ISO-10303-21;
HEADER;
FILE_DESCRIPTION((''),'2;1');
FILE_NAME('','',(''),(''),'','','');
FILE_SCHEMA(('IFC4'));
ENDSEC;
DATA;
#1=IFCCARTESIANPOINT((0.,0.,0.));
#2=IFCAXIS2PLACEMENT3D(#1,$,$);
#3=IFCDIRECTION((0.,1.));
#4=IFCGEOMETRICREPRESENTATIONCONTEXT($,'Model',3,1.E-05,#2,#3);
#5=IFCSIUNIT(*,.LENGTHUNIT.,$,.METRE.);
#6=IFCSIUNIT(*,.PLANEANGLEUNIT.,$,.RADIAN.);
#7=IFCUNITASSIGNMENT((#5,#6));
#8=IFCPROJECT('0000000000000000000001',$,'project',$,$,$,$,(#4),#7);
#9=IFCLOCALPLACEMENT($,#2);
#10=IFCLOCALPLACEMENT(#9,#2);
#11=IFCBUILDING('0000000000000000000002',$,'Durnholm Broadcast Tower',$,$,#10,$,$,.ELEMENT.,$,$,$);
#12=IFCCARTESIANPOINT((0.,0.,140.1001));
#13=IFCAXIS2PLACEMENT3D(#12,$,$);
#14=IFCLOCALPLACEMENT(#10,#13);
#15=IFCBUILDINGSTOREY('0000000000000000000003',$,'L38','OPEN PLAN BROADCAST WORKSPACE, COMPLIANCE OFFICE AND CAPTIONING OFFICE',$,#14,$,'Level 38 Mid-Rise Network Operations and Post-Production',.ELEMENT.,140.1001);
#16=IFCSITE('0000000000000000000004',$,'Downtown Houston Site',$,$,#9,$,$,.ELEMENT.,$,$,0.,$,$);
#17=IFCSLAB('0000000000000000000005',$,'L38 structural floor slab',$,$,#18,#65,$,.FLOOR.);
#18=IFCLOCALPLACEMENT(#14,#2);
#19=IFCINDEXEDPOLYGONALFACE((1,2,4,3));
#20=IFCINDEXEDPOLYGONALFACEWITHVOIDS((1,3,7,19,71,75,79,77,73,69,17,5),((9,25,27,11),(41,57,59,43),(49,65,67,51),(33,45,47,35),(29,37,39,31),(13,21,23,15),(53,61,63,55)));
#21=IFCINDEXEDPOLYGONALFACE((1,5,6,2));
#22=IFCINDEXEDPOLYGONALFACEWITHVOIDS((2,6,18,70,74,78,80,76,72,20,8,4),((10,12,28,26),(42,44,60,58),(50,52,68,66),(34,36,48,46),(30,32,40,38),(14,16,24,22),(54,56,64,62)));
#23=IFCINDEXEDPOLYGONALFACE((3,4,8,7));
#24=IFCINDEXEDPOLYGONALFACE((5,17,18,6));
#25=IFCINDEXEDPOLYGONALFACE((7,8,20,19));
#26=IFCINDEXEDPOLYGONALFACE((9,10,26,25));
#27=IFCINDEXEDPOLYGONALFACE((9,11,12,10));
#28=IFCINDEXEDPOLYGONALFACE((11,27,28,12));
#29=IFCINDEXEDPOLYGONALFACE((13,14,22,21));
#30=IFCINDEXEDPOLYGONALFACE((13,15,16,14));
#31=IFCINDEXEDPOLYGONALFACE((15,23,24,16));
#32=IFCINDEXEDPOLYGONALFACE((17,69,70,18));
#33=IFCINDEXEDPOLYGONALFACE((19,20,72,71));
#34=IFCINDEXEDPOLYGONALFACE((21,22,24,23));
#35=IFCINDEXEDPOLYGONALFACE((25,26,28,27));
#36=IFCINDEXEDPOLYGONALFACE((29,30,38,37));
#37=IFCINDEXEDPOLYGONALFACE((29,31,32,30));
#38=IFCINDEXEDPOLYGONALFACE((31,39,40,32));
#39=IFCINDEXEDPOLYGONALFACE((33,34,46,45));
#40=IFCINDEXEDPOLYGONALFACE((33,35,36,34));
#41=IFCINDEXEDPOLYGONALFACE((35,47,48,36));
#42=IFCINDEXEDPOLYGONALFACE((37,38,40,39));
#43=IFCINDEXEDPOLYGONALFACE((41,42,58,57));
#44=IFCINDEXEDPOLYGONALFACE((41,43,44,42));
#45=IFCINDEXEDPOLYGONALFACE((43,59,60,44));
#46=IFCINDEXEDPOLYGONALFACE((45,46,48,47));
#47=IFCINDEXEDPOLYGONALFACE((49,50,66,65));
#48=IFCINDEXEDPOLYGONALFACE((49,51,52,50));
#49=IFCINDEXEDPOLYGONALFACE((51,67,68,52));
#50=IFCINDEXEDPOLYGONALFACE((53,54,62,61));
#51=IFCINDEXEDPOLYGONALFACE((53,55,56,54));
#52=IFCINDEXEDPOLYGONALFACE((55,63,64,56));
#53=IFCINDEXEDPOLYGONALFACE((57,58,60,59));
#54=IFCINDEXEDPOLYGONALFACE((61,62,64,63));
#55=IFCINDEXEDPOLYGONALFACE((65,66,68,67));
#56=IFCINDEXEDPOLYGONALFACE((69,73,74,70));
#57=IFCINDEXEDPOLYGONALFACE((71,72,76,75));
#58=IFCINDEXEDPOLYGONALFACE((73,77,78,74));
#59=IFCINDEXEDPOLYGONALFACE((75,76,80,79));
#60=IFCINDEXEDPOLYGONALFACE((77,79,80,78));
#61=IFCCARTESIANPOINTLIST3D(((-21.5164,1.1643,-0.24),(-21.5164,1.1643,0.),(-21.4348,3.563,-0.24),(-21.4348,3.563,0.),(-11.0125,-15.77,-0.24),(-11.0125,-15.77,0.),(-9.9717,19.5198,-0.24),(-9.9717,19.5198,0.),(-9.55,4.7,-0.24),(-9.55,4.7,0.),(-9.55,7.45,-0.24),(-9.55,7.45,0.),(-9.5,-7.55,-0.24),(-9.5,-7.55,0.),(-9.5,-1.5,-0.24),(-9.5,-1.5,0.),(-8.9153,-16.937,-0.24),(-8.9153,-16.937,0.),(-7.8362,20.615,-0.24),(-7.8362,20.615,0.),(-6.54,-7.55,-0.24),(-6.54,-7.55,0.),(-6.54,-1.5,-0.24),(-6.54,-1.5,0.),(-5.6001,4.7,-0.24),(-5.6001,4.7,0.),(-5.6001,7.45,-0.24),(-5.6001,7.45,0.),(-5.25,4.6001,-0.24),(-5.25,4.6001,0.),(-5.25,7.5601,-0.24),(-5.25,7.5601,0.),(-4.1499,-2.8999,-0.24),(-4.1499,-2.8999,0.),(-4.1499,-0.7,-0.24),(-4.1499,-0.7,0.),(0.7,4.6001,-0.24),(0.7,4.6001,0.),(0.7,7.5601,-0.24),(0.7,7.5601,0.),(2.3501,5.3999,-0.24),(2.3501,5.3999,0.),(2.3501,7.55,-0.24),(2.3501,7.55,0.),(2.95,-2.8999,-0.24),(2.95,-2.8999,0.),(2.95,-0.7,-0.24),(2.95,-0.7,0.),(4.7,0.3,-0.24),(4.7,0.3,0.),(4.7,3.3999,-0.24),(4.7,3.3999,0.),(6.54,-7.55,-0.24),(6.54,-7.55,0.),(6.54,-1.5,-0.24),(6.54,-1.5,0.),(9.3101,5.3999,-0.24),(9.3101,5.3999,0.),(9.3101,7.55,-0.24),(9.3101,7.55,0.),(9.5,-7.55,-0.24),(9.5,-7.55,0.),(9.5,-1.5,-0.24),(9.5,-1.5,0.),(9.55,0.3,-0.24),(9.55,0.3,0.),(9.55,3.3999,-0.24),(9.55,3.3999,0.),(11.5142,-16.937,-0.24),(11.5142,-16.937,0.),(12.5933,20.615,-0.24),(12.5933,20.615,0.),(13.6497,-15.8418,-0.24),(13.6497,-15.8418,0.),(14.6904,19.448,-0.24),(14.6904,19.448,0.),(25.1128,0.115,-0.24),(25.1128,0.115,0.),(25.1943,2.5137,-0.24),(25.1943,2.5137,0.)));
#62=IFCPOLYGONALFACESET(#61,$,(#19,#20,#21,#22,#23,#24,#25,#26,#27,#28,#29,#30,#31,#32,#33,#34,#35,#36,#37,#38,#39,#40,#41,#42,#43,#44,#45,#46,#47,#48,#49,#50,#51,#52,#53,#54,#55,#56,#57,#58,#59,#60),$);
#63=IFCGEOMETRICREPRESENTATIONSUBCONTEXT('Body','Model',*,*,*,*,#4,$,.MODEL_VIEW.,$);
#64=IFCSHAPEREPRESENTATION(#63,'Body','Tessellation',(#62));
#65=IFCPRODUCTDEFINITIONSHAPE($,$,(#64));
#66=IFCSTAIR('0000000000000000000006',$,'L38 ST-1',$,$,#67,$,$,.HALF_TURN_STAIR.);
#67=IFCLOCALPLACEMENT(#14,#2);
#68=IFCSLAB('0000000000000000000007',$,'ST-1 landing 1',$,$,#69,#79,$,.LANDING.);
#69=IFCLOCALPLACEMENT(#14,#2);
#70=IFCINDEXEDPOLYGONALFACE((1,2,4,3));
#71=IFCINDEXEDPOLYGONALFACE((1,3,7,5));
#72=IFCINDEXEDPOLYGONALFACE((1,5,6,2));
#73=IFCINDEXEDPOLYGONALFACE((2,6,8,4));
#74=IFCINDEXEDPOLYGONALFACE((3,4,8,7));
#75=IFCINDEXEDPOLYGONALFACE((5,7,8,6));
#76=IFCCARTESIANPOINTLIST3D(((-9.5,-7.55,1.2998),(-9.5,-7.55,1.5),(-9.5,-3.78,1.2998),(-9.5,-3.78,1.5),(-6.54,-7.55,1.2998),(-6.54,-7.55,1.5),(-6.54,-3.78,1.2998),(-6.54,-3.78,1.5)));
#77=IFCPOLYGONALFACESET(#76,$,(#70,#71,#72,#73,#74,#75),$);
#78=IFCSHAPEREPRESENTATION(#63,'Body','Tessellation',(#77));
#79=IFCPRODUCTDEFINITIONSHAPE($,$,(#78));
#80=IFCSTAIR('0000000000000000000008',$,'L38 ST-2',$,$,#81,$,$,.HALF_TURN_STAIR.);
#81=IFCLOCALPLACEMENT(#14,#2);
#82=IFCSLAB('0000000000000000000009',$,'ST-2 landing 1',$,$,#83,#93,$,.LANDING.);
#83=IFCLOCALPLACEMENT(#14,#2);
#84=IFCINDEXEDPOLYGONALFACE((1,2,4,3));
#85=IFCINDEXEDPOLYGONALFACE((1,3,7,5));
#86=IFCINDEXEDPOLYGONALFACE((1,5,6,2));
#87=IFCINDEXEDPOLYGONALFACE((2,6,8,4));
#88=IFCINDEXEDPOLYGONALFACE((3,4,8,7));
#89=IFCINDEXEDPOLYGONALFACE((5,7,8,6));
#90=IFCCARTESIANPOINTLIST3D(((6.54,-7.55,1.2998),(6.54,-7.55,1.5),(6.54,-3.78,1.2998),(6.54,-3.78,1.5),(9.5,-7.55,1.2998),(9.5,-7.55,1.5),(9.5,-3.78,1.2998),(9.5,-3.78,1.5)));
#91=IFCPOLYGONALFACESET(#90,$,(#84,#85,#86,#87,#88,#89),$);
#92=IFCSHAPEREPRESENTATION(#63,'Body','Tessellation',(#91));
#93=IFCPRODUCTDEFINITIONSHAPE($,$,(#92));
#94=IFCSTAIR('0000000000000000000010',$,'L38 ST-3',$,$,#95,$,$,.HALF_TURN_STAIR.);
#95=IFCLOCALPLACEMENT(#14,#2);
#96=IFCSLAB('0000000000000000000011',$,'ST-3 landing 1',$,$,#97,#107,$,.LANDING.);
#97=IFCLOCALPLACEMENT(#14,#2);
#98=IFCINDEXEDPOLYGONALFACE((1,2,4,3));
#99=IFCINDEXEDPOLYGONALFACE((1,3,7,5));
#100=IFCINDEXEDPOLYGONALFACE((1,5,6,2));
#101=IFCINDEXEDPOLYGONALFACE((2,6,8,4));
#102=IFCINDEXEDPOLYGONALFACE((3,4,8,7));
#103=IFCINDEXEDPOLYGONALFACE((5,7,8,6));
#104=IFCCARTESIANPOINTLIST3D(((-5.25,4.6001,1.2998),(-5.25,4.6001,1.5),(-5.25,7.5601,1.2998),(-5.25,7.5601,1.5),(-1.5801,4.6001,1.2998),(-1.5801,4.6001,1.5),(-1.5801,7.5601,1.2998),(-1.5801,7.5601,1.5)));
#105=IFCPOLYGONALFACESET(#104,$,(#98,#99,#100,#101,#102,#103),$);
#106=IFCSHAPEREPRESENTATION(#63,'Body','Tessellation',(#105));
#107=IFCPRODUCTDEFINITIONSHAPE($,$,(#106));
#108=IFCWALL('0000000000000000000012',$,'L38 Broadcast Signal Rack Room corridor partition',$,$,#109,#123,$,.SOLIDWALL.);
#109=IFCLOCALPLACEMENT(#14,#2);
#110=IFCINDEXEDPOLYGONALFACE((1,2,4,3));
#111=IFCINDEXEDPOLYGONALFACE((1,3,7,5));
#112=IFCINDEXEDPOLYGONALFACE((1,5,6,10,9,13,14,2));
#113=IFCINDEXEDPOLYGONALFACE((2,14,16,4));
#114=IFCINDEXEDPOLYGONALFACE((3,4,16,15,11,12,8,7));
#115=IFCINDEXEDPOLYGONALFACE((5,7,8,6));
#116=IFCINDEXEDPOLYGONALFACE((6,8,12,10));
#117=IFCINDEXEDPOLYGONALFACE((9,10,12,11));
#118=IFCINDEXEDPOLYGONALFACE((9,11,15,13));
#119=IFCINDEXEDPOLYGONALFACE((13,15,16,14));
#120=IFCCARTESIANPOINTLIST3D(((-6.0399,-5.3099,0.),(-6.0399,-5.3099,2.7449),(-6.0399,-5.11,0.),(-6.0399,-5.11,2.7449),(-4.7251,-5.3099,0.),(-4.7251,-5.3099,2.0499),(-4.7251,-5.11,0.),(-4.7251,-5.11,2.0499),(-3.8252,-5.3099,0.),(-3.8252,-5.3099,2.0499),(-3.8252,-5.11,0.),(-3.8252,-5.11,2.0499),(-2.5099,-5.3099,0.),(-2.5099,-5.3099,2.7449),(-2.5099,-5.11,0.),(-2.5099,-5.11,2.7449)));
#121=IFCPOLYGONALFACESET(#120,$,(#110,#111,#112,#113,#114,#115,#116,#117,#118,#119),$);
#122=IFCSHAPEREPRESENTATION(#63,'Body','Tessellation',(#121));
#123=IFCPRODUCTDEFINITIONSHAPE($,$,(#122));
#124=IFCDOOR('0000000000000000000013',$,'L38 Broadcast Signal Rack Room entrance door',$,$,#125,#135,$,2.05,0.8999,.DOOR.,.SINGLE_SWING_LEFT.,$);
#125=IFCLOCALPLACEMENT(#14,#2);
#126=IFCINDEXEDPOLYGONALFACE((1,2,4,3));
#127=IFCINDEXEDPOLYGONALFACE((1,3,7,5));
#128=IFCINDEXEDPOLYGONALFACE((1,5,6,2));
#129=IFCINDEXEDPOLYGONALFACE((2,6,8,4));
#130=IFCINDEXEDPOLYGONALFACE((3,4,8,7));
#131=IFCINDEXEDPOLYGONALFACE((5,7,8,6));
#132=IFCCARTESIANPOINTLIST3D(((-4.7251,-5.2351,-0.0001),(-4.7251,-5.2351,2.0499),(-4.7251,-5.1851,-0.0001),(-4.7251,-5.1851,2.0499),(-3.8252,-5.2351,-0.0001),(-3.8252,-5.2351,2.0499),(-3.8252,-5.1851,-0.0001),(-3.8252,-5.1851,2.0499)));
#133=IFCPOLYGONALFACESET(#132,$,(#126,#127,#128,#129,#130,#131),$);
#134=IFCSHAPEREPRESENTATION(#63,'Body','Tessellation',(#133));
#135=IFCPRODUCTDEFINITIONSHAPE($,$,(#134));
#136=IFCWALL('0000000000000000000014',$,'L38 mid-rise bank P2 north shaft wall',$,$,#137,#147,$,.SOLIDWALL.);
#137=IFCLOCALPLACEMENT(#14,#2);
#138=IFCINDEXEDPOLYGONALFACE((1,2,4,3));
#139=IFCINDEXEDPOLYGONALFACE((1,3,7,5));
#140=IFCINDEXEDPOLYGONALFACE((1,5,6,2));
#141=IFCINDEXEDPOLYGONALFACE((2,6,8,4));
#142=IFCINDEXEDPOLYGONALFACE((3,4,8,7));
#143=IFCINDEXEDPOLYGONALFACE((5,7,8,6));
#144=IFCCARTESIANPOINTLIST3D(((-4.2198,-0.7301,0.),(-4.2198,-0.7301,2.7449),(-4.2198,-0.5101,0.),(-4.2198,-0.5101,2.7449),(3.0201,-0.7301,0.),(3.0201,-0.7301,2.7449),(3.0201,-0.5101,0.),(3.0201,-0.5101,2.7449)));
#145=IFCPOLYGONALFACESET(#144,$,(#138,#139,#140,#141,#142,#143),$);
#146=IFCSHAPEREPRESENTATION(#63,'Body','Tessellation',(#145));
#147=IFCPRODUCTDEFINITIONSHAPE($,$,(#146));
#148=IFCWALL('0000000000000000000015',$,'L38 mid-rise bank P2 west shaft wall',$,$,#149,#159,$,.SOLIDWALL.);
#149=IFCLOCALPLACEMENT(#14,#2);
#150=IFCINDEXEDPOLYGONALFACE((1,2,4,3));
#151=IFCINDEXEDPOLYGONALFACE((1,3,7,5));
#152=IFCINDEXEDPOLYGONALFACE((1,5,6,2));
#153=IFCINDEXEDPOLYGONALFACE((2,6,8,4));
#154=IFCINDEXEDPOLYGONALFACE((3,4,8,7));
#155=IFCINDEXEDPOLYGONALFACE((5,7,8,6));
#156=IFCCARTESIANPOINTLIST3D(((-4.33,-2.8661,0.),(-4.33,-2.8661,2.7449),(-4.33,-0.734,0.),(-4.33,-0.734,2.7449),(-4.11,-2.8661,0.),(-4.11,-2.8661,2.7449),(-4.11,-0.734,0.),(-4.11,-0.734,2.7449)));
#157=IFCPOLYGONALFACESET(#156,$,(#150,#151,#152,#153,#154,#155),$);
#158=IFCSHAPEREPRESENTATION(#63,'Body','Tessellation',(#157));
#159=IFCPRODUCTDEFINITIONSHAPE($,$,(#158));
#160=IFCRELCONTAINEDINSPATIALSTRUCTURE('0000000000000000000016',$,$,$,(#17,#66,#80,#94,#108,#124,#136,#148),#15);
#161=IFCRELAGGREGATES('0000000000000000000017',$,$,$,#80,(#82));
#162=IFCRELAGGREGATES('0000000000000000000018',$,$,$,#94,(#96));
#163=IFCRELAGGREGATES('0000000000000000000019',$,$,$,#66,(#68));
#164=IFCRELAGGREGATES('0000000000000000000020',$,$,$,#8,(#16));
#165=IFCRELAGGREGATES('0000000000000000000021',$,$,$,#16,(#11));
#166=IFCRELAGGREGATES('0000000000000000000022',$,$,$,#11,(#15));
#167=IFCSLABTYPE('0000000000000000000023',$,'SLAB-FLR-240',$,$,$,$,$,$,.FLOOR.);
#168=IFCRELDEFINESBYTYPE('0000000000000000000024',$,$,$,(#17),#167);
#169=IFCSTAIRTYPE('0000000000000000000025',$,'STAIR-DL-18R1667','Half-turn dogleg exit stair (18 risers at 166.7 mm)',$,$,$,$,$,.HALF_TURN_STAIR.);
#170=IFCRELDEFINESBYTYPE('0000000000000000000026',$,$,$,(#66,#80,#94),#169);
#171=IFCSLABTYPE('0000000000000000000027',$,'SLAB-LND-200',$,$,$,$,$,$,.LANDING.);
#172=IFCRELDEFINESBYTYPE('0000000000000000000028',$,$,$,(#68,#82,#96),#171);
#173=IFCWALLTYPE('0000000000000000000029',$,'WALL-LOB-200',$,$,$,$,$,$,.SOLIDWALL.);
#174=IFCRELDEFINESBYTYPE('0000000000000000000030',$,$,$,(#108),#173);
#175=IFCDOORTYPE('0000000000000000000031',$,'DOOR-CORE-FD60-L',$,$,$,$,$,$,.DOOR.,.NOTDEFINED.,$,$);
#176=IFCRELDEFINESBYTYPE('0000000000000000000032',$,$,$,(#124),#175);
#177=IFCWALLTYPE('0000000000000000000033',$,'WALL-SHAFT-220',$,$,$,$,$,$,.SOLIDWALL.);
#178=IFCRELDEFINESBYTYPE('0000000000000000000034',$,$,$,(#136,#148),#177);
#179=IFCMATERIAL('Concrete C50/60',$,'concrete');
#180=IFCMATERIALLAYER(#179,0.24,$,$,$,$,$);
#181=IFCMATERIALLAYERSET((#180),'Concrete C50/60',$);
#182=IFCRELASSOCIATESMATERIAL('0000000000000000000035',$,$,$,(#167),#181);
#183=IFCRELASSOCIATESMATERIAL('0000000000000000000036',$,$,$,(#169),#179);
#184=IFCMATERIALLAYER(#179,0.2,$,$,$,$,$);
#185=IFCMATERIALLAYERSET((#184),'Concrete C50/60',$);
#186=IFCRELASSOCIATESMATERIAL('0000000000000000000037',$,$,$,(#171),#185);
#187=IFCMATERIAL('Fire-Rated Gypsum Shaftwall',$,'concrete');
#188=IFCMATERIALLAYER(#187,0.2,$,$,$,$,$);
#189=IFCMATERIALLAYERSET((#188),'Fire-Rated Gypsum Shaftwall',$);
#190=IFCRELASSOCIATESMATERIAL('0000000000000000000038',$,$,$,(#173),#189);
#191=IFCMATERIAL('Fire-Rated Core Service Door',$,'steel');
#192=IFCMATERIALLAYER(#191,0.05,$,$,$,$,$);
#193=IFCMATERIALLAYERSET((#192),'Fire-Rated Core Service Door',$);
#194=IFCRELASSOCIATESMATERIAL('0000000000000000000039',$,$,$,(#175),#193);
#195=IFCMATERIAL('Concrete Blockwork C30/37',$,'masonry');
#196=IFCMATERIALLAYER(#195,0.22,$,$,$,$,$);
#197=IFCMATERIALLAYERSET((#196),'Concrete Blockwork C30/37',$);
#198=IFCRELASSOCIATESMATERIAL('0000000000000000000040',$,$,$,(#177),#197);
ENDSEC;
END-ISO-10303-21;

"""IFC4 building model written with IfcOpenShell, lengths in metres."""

from ifc_helpers import new_model, si_unit, direction, frame, frame_2d, origin, place, context, subcontext, project, spatial, polyline, rectangle, outline, extrude, source, transform, mapped, material, layer, layer_set, type_object, type_shapes, element, fill, aggregate, save


model = new_model("IFC4")

# Units and contexts
model_context = context("Model", 3, precision=1e-05, world=origin(), true_north=direction((0.0, 1.0)))
body_context = subcontext(model_context, "Body", "Model", "MODEL_VIEW")
ifc_project = project(units=[si_unit("LENGTHUNIT", "METRE"), si_unit("PLANEANGLEUNIT", "RADIAN")], contexts=[model_context])

# Site, building, storey
site_placement = place(None, origin())
site = spatial("IfcSite", under=ifc_project, at=site_placement, Name="Downtown Houston Site", CompositionType="ELEMENT", RefElevation=0.0)
building_placement = place(site_placement, origin())
building = spatial("IfcBuilding", under=site, at=building_placement, Name="Durnholm Broadcast Tower", CompositionType="ELEMENT")
storey_placement = place(building_placement, frame((0.0, 0.0, 140.1001)))
storey = spatial("IfcBuildingStorey", under=building, at=storey_placement, Name="L38", Description="OPEN PLAN BROADCAST WORKSPACE, COMPLIANCE OFFICE AND CAPTIONING OFFICE", LongName="Level 38 Mid-Rise Network Operations and Post-Production", CompositionType="ELEMENT", Elevation=140.1001)

# Slab
ifc_material_1 = material(Name="Concrete C50/60", Category="concrete")
ifc_layer_1 = layer(ifc_material_1, 0.24)
ifc_layer_set_1 = layer_set([ifc_layer_1], Name="Concrete C50/60")
slab_type_1 = type_object("IfcSlabType", Name="SLAB-FLR-240", PredefinedType="FLOOR", material=ifc_layer_set_1)
slab_1_placement = place(storey_placement, frame((0.0, 0.0, -0.24)))
element("IfcSlab", 1, at=slab_1_placement, inside=storey, type_object=slab_type_1, Name="L38 structural floor slab", PredefinedType="FLOOR", context=body_context, shape_type="SweptSolid", body=[
    extrude(outline(polyline([(-11.0125, -15.77), (-8.9153, -16.937), (11.5142, -16.937), (13.6497, -15.8418), (25.1128, 0.115), (25.1943, 2.5137), (14.6904, 19.448), (12.5933, 20.615), (-7.8362, 20.615), (-9.9717, 19.5198), (-21.4348, 3.563), (-21.5164, 1.1643), (-11.0125, -15.77)]), holes=[polyline([(-6.54, -1.5), (-9.5, -1.5), (-9.5, -7.55), (-6.54, -7.55), (-6.54, -1.5)]), polyline([(9.5, -7.55), (9.5, -1.5), (6.54, -1.5), (6.54, -7.55), (9.5, -7.55)]), polyline([(2.95, -0.7), (-4.1499, -0.7), (-4.1499, -2.8999), (2.95, -2.8999), (2.95, -0.7)]), polyline([(9.55, 3.3999), (4.7, 3.3999), (4.7, 0.3), (9.55, 0.3), (9.55, 3.3999)]), polyline([(-5.6001, 7.45), (-9.55, 7.45), (-9.55, 4.7), (-5.6001, 4.7), (-5.6001, 7.45)]), polyline([(-5.25, 4.6001), (0.7, 4.6001), (0.7, 7.5601), (-5.25, 7.5601), (-5.25, 4.6001)]), polyline([(9.3101, 7.55), (2.3501, 7.55), (2.3501, 5.3999), (9.3101, 5.3999), (9.3101, 7.55)])]), origin(), (0.0, 0.0, 1.0), 0.24),
])

# Stairs, slabs
stair_type = type_object("IfcStairType", Name="STAIR-DL-18R1667", Description="Half-turn dogleg exit stair (18 risers at 166.7 mm)", PredefinedType="HALF_TURN_STAIR", material=ifc_material_1)
stair_1_placement = place(storey_placement, origin())
stair_1 = element("IfcStair", 2, at=stair_1_placement, inside=storey, type_object=stair_type, Name="L38 ST-1", PredefinedType="HALF_TURN_STAIR")
ifc_layer_2 = layer(ifc_material_1, 0.2)
ifc_layer_set_2 = layer_set([ifc_layer_2], Name="Concrete C50/60")
slab_type_2 = type_object("IfcSlabType", Name="SLAB-LND-200", PredefinedType="LANDING", material=ifc_layer_set_2)
slab_2_placement = place(storey_placement, frame((0.0, 0.0, 1.2998)))
slab_2 = element("IfcSlab", 3, at=slab_2_placement, type_object=slab_type_2, Name="ST-1 landing 1", PredefinedType="LANDING", context=body_context, shape_type="SweptSolid", body=[
    extrude(outline(polyline([(-9.5, -3.78), (-9.5, -7.55), (-6.54, -7.55), (-6.54, -3.78), (-9.5, -3.78)])), origin(), (0.0, 0.0, 1.0), 0.2002),
])
stair_2_placement = place(storey_placement, origin())
stair_2 = element("IfcStair", 4, at=stair_2_placement, inside=storey, type_object=stair_type, Name="L38 ST-2", PredefinedType="HALF_TURN_STAIR")
slab_3_placement = place(storey_placement, frame((0.0, 0.0, 1.2998)))
slab_3 = element("IfcSlab", 5, at=slab_3_placement, type_object=slab_type_2, Name="ST-2 landing 1", PredefinedType="LANDING", context=body_context, shape_type="SweptSolid", body=[
    extrude(outline(polyline([(6.54, -3.78), (6.54, -7.55), (9.5, -7.55), (9.5, -3.78), (6.54, -3.78)])), origin(), (0.0, 0.0, 1.0), 0.2002),
])
aggregate(stair_2, [slab_3])
stair_3_placement = place(storey_placement, origin())
stair_3 = element("IfcStair", 6, at=stair_3_placement, inside=storey, type_object=stair_type, Name="L38 ST-3", PredefinedType="HALF_TURN_STAIR")
slab_4_placement = place(storey_placement, frame((0.0, 0.0, 1.2998)))
slab_4 = element("IfcSlab", 7, at=slab_4_placement, type_object=slab_type_2, Name="ST-3 landing 1", PredefinedType="LANDING", context=body_context, shape_type="SweptSolid", body=[
    extrude(outline(polyline([(-1.5801, 7.5601), (-5.25, 7.5601), (-5.25, 4.6001), (-1.5801, 4.6001), (-1.5801, 7.5601)])), origin(), (0.0, 0.0, 1.0), 0.2002),
])
aggregate(stair_3, [slab_4])

# Wall, opening, door
ifc_material_2 = material(Name="Fire-Rated Gypsum Shaftwall", Category="concrete")
ifc_layer_3 = layer(ifc_material_2, 0.2)
ifc_layer_set_3 = layer_set([ifc_layer_3], Name="Fire-Rated Gypsum Shaftwall")
wall_type_1 = type_object("IfcWallType", Name="WALL-LOB-200", PredefinedType="SOLIDWALL", material=ifc_layer_set_3)
wall_1_placement = place(storey_placement, frame((-6.04, -5.21, 0.0), z_axis=(0.0, 0.0, 1.0), x_axis=(1.0, 0.0, 0.0)))
wall_1 = element("IfcWall", 8, at=wall_1_placement, inside=storey, type_object=wall_type_1, Name="L38 Broadcast Signal Rack Room corridor partition", PredefinedType="SOLIDWALL", context=body_context, shape_type="SweptSolid", body=[
    extrude(rectangle(XDim=3.53, YDim=0.2, at=frame_2d((1.7651, 0.0))), origin(), (0.0, 0.0, 1.0), 2.7449),
])
opening_1_placement = place(wall_1_placement, frame((1.3149, 0.0, 0.0)))
opening_1 = element("IfcOpeningElement", 9, at=opening_1_placement, cuts=wall_1, PredefinedType="OPENING", context=body_context, shape_type="SweptSolid", body=[
    extrude(rectangle(XDim=0.8999, YDim=2.05, at=frame_2d((0.45, 1.0249))), frame((0.0, 0.1099, 0.0), z_axis=(0.0, -1.0, 0.0), x_axis=(1.0, 0.0, 0.0)), (0.0, 0.0, 1.0), 0.22),
])
ifc_material_3 = material(Name="Fire-Rated Core Service Door", Category="steel")
ifc_layer_4 = layer(ifc_material_3, 0.05)
ifc_layer_set_4 = layer_set([ifc_layer_4], Name="Fire-Rated Core Service Door")
door_type_1 = type_object("IfcDoorType", Name="DOOR-CORE-FD60-L", OperationType="NOTDEFINED", PredefinedType="DOOR", material=ifc_layer_set_4)
shared_shape_1 = source(origin(), body_context, "Body", "SweptSolid", [
    extrude(rectangle(XDim=0.8999, YDim=2.05, at=frame_2d((0.45, 1.0249))), frame((0.0, 0.0249, 0.0), z_axis=(0.0, -1.0, 0.0), x_axis=(1.0, 0.0, 0.0)), (0.0, 0.0, 1.0), 0.05),
])
type_shapes(door_type_1, [shared_shape_1])
door_1_placement = place(opening_1_placement, origin())
door_1 = element("IfcDoor", 10, at=door_1_placement, inside=storey, type_object=door_type_1, Name="L38 Broadcast Signal Rack Room entrance door", OperationType="SINGLE_SWING_LEFT", OverallHeight=2.05, OverallWidth=0.8999, PredefinedType="DOOR", context=body_context, shape_type="MappedRepresentation", body=[
    mapped(shared_shape_1, transform((0.0, 0.0, 0.0), x_axis=(1.0, 0.0, 0.0), y_axis=(0.0, 1.0, 0.0), z_axis=(0.0, 0.0, 1.0), scale=1.0)),
])
fill(opening_1, door_1)

# Shared definitions
ifc_material_4 = material(Name="Concrete Blockwork C30/37", Category="masonry")
ifc_layer_5 = layer(ifc_material_4, 0.22)
ifc_layer_set_5 = layer_set([ifc_layer_5], Name="Concrete Blockwork C30/37")
wall_type_2 = type_object("IfcWallType", Name="WALL-SHAFT-220", PredefinedType="SOLIDWALL", material=ifc_layer_set_5)

# Walls
wall_2_placement = place(storey_placement, frame((-4.22, -0.6201, 0.0), z_axis=(0.0, 0.0, 1.0), x_axis=(1.0, 0.0, 0.0)))
element("IfcWall", 11, at=wall_2_placement, inside=storey, type_object=wall_type_2, Name="L38 mid-rise bank P2 north shaft wall", PredefinedType="SOLIDWALL", context=body_context, shape_type="SweptSolid", body=[
    extrude(rectangle(XDim=7.24, YDim=0.22, at=frame_2d((3.6201, 0.0))), origin(), (0.0, 0.0, 1.0), 2.7449),
])
wall_3_placement = place(storey_placement, frame((-4.22, -2.866, 0.0), z_axis=(0.0, 0.0, 1.0), x_axis=(0.0, 1.0, 0.0)))
element("IfcWall", 12, at=wall_3_placement, inside=storey, type_object=wall_type_2, Name="L38 mid-rise bank P2 west shaft wall", PredefinedType="SOLIDWALL", context=body_context, shape_type="SweptSolid", body=[
    extrude(rectangle(XDim=2.1321, YDim=0.22, at=frame_2d((1.0659, 0.0))), origin(), (0.0, 0.0, 1.0), 2.7449),
])

aggregate(stair_1, [slab_2])

save(model, "model.ifc")
